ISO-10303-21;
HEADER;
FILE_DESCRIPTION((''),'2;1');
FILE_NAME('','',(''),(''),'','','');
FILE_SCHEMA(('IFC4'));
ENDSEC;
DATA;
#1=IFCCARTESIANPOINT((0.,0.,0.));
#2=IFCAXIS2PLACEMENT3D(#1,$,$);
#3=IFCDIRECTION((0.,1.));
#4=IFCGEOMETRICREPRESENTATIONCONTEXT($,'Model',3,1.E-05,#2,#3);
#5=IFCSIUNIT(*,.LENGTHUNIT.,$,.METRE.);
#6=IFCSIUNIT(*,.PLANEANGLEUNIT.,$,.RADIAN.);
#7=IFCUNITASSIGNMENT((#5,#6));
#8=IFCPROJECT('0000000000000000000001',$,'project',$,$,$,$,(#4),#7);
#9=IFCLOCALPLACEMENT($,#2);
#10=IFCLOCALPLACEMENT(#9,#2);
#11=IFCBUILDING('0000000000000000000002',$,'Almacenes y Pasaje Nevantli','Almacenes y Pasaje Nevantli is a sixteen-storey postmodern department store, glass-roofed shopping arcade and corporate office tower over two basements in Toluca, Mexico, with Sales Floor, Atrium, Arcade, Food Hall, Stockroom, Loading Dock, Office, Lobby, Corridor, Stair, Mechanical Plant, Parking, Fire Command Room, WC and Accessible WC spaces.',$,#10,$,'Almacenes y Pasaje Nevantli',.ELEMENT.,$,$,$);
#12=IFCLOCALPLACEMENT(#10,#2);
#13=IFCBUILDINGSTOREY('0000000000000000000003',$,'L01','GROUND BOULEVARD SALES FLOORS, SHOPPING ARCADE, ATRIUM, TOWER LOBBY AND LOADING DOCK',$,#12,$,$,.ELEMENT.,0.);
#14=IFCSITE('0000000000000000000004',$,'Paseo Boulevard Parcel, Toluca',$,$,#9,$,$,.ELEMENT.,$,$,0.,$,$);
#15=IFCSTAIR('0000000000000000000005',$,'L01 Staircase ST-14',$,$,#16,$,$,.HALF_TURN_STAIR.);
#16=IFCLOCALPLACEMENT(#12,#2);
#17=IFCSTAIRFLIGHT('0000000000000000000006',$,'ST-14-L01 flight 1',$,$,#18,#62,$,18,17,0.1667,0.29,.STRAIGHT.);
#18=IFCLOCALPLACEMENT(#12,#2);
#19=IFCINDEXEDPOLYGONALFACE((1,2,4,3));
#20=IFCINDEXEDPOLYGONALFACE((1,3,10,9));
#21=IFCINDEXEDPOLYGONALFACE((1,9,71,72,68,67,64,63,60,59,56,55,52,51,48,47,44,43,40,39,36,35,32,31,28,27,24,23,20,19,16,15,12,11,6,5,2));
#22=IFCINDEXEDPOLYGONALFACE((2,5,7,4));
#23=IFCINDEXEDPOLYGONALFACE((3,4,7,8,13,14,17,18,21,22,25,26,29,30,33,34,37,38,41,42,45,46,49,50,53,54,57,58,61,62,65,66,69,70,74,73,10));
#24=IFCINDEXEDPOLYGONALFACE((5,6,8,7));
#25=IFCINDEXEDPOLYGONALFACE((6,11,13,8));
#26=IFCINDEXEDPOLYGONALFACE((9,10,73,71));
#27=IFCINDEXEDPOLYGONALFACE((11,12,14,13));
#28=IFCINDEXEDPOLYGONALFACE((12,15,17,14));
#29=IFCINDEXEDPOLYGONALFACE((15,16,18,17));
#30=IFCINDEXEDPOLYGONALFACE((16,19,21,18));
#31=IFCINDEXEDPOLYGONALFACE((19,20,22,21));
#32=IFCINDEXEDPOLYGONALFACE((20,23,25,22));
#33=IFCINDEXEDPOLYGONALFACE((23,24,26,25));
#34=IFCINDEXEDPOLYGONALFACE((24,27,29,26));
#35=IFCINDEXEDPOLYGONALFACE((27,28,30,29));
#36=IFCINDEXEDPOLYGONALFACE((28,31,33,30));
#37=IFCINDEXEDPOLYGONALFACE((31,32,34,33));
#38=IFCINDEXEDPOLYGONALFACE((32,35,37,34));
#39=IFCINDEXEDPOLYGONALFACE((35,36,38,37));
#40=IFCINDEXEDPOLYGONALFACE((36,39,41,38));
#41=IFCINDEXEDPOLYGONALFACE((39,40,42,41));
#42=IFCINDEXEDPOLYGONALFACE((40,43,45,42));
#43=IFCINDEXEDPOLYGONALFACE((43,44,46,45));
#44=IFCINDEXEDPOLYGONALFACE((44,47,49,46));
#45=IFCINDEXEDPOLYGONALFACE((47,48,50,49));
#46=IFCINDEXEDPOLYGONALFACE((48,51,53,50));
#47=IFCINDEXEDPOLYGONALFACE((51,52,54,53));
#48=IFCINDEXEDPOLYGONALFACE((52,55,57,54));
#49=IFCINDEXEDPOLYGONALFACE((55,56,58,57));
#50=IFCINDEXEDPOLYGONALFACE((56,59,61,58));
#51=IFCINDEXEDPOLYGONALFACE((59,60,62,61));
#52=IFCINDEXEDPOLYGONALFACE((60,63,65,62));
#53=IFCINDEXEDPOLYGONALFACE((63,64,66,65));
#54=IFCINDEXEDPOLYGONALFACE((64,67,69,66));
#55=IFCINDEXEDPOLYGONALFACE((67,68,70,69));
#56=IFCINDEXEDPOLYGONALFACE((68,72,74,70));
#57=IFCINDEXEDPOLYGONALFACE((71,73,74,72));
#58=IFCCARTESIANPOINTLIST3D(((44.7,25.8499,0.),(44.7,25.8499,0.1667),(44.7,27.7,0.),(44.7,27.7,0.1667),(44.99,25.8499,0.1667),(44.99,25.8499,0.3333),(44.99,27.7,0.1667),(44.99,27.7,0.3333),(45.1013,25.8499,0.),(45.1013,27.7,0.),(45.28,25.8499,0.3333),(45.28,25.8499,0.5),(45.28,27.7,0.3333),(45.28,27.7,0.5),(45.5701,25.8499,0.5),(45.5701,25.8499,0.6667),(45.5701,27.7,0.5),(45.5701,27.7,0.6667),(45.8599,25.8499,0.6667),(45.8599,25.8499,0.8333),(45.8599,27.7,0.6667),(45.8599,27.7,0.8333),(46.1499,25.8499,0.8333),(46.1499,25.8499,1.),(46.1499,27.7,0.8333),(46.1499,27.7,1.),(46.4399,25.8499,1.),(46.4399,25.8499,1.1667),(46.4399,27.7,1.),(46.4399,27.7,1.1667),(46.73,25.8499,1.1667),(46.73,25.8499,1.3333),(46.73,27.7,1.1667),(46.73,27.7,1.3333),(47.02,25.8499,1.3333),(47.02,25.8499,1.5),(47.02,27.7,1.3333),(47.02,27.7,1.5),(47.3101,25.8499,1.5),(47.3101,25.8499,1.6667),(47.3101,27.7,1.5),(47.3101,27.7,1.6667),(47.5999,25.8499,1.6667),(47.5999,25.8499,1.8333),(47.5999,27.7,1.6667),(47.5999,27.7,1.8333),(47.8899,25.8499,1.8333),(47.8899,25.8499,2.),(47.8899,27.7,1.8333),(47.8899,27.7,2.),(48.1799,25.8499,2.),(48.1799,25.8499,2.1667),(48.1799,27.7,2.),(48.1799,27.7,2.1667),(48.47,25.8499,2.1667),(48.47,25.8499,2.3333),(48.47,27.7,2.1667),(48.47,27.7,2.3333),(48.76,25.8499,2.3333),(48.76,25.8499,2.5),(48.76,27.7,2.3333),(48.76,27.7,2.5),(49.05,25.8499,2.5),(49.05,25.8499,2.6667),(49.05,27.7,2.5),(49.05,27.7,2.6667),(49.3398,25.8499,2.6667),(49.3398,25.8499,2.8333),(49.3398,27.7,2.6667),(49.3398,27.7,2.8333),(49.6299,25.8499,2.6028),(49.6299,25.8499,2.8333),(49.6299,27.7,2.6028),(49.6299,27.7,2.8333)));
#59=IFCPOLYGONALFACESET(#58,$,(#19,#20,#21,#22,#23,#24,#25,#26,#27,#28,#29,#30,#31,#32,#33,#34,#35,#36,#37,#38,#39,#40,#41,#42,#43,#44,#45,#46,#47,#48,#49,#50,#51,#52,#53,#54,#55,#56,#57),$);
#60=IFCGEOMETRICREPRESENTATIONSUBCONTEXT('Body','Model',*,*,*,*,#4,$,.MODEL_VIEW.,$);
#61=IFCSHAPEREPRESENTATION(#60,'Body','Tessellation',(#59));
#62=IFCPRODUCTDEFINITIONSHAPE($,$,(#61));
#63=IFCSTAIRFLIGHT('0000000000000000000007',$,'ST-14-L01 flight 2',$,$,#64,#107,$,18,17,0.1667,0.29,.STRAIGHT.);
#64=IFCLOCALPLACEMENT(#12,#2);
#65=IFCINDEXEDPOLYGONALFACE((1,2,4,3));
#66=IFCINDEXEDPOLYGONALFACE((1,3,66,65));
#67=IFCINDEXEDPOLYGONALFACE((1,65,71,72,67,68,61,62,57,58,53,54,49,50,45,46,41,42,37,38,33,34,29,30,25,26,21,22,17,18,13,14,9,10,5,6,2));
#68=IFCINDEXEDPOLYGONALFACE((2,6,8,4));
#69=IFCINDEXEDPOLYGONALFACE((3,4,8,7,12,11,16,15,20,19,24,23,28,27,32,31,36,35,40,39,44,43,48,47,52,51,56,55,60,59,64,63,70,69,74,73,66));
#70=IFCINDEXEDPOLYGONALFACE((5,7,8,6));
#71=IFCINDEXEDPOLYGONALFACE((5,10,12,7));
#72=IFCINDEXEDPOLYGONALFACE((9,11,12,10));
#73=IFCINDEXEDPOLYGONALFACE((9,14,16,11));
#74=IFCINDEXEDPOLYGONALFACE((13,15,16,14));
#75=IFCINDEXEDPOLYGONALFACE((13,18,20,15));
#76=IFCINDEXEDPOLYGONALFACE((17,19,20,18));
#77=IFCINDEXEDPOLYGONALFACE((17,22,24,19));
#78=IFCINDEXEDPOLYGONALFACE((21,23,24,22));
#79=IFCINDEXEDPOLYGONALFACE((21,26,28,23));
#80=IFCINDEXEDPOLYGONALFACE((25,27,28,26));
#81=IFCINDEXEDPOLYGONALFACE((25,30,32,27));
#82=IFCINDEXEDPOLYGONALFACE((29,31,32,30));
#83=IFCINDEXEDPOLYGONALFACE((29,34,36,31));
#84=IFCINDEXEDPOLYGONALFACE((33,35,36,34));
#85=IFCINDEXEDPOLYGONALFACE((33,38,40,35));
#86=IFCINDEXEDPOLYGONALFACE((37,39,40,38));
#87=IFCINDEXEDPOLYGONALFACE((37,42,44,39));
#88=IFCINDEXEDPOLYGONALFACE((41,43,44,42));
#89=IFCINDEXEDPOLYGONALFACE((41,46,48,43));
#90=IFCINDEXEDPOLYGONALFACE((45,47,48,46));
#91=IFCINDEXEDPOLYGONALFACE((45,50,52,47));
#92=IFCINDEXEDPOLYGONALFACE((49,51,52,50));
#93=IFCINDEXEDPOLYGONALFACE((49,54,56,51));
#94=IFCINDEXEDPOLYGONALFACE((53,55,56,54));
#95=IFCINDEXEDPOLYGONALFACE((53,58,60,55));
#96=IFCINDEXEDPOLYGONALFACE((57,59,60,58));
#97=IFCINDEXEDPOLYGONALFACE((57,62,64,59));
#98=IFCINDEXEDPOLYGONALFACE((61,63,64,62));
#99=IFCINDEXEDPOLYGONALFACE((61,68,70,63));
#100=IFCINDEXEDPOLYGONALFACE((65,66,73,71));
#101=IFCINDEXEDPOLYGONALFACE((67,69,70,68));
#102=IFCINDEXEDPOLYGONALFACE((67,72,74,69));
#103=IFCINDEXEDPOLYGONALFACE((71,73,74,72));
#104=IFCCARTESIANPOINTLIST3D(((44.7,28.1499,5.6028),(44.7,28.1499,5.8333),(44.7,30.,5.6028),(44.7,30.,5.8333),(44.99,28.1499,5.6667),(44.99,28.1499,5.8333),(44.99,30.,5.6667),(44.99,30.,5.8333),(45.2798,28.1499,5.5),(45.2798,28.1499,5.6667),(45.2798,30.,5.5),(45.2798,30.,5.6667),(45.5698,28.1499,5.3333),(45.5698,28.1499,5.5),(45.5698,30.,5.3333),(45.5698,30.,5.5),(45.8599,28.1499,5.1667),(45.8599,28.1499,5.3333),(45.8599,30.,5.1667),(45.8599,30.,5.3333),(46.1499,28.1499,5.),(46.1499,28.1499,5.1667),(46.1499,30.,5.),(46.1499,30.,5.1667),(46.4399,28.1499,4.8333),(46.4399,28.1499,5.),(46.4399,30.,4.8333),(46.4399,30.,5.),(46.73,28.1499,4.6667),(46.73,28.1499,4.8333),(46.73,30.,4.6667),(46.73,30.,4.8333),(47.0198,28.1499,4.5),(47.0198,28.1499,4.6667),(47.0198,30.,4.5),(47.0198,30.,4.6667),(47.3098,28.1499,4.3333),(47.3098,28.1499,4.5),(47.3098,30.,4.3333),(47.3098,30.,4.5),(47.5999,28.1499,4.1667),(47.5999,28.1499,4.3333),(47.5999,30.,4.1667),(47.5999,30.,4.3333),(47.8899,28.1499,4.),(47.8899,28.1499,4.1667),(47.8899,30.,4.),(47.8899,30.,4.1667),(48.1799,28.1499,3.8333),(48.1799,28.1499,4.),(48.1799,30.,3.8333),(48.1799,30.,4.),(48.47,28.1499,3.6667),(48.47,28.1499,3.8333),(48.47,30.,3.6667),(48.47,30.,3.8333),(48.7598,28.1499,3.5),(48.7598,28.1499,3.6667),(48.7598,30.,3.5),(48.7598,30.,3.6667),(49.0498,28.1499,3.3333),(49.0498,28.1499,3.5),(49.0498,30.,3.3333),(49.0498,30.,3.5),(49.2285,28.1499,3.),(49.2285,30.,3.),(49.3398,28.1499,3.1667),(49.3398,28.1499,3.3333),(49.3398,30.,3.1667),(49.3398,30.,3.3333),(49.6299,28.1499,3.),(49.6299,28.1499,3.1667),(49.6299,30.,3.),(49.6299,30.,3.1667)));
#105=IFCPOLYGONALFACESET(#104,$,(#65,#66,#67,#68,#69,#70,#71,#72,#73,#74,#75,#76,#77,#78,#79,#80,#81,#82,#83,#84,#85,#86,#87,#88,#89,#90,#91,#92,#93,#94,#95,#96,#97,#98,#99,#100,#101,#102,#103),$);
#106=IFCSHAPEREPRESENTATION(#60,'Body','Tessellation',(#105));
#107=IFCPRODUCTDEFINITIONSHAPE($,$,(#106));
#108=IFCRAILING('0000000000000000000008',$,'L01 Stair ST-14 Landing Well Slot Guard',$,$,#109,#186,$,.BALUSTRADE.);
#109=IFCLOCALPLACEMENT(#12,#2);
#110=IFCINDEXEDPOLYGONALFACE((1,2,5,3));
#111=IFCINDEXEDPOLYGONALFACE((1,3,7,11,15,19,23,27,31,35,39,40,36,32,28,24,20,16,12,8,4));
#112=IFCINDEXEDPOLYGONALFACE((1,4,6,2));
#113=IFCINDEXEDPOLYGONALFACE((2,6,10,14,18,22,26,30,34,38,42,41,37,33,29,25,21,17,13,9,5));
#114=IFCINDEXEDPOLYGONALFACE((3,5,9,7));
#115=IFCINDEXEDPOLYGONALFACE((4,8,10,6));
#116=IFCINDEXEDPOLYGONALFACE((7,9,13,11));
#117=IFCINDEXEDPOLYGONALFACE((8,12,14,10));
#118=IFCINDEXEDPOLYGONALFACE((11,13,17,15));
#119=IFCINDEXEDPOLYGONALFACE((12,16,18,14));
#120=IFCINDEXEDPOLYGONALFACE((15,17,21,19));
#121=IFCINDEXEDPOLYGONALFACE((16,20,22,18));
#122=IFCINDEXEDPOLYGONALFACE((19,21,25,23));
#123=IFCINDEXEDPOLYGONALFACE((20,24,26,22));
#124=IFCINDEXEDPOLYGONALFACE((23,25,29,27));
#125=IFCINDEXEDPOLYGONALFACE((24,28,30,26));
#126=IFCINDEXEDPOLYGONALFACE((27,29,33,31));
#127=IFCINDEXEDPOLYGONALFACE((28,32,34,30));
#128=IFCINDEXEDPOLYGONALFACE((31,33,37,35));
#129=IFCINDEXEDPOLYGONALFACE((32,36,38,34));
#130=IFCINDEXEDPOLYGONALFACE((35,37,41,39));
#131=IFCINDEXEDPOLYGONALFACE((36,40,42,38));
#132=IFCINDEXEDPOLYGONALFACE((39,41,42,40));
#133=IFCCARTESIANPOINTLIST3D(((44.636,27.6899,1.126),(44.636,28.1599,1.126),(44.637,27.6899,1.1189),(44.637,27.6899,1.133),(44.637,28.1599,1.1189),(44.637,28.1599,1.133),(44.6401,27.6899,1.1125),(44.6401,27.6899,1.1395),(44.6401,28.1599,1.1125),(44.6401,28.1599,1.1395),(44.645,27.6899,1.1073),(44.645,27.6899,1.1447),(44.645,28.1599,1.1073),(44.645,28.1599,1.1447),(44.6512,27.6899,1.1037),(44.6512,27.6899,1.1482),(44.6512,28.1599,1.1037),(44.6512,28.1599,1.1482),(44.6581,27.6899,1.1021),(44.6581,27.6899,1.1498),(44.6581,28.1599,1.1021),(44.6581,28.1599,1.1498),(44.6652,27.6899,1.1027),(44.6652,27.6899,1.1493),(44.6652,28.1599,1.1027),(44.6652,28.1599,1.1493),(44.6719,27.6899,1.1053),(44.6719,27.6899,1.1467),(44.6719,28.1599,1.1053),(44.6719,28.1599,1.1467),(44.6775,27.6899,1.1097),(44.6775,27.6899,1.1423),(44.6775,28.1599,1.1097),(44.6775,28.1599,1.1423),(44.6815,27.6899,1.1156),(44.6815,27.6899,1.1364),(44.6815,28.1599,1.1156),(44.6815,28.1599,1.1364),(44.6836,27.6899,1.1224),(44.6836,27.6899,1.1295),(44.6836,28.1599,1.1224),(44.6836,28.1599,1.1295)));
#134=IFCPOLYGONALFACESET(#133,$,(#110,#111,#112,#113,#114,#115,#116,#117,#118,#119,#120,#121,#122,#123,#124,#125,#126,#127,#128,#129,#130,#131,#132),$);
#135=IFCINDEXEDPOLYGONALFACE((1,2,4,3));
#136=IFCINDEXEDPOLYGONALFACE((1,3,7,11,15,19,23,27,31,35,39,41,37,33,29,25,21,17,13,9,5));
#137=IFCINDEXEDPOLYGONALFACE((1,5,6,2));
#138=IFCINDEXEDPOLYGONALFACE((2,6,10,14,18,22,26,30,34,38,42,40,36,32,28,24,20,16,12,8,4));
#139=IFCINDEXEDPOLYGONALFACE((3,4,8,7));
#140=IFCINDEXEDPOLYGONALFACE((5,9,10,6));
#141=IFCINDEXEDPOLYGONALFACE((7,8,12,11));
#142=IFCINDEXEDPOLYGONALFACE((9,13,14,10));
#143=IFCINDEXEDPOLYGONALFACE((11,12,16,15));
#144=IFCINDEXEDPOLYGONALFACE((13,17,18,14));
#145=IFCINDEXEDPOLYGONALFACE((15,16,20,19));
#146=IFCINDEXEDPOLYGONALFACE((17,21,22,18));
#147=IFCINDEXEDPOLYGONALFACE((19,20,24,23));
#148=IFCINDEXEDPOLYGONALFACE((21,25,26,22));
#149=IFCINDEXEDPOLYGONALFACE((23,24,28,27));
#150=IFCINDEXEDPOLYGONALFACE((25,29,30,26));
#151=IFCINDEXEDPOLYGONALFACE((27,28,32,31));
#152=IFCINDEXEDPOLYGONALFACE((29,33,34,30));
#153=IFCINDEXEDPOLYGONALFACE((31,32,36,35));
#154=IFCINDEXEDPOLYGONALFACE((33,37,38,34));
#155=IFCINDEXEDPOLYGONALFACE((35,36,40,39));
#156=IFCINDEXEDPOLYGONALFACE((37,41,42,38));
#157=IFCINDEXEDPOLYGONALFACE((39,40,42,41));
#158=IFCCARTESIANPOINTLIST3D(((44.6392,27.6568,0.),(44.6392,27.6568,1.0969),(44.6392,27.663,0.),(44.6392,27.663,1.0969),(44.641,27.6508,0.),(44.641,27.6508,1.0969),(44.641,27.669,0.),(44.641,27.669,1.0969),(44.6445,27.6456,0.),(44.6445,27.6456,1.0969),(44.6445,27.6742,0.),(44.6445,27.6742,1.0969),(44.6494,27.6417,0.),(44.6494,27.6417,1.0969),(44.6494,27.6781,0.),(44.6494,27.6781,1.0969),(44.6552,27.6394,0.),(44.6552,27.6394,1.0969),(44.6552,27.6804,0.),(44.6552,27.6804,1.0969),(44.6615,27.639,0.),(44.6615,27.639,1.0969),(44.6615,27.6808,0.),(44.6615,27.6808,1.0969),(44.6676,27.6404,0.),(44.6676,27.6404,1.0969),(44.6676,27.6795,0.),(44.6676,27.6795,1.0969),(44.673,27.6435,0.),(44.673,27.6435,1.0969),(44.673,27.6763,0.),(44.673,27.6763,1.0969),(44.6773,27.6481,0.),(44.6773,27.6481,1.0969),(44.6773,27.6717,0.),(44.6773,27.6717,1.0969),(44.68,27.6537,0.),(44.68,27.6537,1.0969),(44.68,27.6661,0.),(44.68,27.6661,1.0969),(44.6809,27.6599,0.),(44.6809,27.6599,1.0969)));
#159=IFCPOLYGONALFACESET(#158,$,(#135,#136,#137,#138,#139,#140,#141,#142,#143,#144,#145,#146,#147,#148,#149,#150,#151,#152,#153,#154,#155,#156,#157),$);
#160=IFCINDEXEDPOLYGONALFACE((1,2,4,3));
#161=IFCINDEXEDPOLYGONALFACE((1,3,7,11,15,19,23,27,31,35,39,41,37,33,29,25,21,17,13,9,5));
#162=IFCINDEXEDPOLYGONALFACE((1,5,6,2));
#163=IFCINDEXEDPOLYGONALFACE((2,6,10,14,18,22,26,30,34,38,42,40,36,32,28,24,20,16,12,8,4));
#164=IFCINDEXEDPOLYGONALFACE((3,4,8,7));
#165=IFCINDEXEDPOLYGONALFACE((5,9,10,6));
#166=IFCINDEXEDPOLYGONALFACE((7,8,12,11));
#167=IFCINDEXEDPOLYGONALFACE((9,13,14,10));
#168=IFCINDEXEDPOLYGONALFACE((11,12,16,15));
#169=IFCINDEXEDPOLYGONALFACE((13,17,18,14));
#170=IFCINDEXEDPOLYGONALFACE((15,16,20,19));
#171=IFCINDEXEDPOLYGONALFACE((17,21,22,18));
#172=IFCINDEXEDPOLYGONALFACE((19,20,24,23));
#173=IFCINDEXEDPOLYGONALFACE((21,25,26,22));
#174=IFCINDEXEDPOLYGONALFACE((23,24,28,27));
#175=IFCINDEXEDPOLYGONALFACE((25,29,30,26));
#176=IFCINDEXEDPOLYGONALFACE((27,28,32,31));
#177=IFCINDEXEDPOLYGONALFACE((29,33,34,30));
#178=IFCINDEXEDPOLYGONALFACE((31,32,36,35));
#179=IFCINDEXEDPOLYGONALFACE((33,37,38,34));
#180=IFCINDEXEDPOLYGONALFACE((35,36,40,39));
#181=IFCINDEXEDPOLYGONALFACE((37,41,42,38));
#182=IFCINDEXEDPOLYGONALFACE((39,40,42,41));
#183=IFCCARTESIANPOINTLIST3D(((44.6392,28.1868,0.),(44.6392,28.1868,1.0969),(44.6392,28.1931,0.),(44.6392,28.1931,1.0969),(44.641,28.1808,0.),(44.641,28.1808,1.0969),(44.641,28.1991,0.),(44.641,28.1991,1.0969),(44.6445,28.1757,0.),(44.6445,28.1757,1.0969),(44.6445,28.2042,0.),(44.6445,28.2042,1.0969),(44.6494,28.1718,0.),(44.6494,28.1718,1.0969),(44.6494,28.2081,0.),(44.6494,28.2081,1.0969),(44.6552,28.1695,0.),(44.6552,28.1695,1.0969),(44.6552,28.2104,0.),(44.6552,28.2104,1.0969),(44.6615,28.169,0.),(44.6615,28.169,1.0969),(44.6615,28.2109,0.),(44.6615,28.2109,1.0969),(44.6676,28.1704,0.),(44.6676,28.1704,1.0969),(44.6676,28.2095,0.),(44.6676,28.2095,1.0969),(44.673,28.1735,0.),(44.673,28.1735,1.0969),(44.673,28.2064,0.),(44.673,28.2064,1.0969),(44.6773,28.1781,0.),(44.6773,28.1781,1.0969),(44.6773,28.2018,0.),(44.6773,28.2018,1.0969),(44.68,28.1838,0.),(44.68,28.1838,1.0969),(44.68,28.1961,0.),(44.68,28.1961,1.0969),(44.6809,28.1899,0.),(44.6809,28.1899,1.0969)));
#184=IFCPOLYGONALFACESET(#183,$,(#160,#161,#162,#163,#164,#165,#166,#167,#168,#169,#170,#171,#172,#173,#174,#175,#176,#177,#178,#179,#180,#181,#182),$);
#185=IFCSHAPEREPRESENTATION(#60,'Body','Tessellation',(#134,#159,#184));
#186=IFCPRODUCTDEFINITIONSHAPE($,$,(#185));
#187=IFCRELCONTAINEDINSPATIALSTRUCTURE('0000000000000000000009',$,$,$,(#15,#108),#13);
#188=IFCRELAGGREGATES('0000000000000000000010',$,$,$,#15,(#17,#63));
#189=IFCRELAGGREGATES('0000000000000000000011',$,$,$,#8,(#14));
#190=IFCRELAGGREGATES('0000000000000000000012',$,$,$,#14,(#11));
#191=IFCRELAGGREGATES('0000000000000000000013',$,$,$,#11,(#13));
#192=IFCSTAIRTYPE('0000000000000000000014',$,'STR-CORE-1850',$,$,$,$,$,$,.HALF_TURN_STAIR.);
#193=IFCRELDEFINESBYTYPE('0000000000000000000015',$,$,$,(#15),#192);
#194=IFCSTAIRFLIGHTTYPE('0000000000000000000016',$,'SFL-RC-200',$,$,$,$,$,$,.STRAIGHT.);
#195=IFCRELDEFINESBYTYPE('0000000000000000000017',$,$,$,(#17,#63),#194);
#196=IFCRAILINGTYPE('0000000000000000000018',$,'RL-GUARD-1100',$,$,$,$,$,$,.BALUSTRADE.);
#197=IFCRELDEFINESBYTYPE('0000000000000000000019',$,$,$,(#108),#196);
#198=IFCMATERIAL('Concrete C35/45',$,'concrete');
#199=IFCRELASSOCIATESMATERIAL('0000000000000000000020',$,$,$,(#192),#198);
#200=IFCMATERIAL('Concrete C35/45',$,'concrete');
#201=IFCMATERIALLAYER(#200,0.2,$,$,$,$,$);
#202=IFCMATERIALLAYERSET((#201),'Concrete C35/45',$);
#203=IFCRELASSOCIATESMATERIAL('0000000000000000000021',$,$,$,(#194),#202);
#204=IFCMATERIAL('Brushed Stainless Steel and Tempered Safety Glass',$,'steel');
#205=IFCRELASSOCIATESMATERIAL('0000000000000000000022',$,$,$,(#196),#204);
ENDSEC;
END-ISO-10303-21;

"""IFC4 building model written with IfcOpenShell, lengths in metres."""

from ifc_helpers import new_model, si_unit, direction, frame, origin, origin_2d, place, context, subcontext, project, spatial, polyline, circle, outline, extrude, material, layer, layer_set, type_object, element, aggregate, save


model = new_model("IFC4")

# Units and contexts
model_context = context("Model", 3, precision=1e-05, world=origin(), true_north=direction((0.0, 1.0)))
body_context = subcontext(model_context, "Body", "Model", "MODEL_VIEW")
ifc_project = project(units=[si_unit("LENGTHUNIT", "METRE"), si_unit("PLANEANGLEUNIT", "RADIAN")], contexts=[model_context])

# Site, building, storey
site_placement = place(None, origin())
site = spatial("IfcSite", under=ifc_project, at=site_placement, Name="Paseo Boulevard Parcel, Toluca", CompositionType="ELEMENT", RefElevation=0.0)
building_placement = place(site_placement, origin())
building = spatial("IfcBuilding", under=site, at=building_placement, Name="Almacenes y Pasaje Nevantli", Description="Almacenes y Pasaje Nevantli is a sixteen-storey postmodern department store, glass-roofed shopping arcade and corporate office tower over two basements in Toluca, Mexico, with Sales Floor, Atrium, Arcade, Food Hall, Stockroom, Loading Dock, Office, Lobby, Corridor, Stair, Mechanical Plant, Parking, Fire Command Room, WC and Accessible WC spaces.", LongName="Almacenes y Pasaje Nevantli", CompositionType="ELEMENT")
storey_placement = place(building_placement, origin())
storey = spatial("IfcBuildingStorey", under=building, at=storey_placement, Name="L01", Description="GROUND BOULEVARD SALES FLOORS, SHOPPING ARCADE, ATRIUM, TOWER LOBBY AND LOADING DOCK", CompositionType="ELEMENT", Elevation=0.0)

# Stair, stair flights
ifc_material_1 = material(Name="Concrete C35/45", Category="concrete")
stair_type = type_object("IfcStairType", Name="STR-CORE-1850", PredefinedType="HALF_TURN_STAIR", material=ifc_material_1)
stair_placement = place(storey_placement, origin())
stair = element("IfcStair", 1, at=stair_placement, inside=storey, type_object=stair_type, Name="L01 Staircase ST-14", PredefinedType="HALF_TURN_STAIR")
ifc_material_2 = material(Name="Concrete C35/45", Category="concrete")
ifc_layer_1 = layer(ifc_material_2, 0.2)
ifc_layer_set_1 = layer_set([ifc_layer_1], Name="Concrete C35/45")
stair_flight_type = type_object("IfcStairFlightType", Name="SFL-RC-200", PredefinedType="STRAIGHT", material=ifc_layer_set_1)
stair_flight_1_placement = place(storey_placement, frame((44.7, 26.7749, 0.0), z_axis=(0.0, 0.0, 1.0), x_axis=(1.0, 0.0, 0.0)))
stair_flight_1 = element("IfcStairFlight", 2, at=stair_flight_1_placement, type_object=stair_flight_type, Name="ST-14-L01 flight 1", NumberOfRisers=18, NumberOfTreads=17, PredefinedType="STRAIGHT", RiserHeight=0.1667, TreadLength=0.29, context=body_context, shape_type="SweptSolid", body=[
    extrude(outline(polyline([(0.0, 0.0), (0.0, 0.1667), (0.29, 0.1667), (0.29, 0.3333), (0.5801, 0.3333), (0.5801, 0.5), (0.8701, 0.5), (0.8701, 0.6667), (1.1599, 0.6667), (1.1599, 0.8333), (1.45, 0.8333), (1.45, 1.0), (1.74, 1.0), (1.74, 1.1667), (2.03, 1.1667), (2.03, 1.3333), (2.3201, 1.3333), (2.3201, 1.5), (2.6101, 1.5), (2.6101, 1.6667), (2.8999, 1.6667), (2.8999, 1.8333), (3.1899, 1.8333), (3.1899, 2.0), (3.48, 2.0), (3.48, 2.1667), (3.77, 2.1667), (3.77, 2.3333), (4.0601, 2.3333), (4.0601, 2.5), (4.3501, 2.5), (4.3501, 2.6667), (4.6399, 2.6667), (4.6399, 2.8333), (4.9299, 2.8333), (4.9299, 3.0), (4.9299, 2.6028), (0.4014, 0.0), (0.0, 0.0)])), frame((0.0, 0.925, 0.0), z_axis=(0.0, -1.0, 0.0), x_axis=(1.0, 0.0, 0.0)), (0.0, 0.0, 1.0), 1.8501),
])
stair_flight_2_placement = place(storey_placement, frame((49.6299, 29.075, 3.0), z_axis=(0.0, 0.0, 1.0), x_axis=(-1.0, 0.0, 0.0)))
stair_flight_2 = element("IfcStairFlight", 3, at=stair_flight_2_placement, type_object=stair_flight_type, Name="ST-14-L01 flight 2", NumberOfRisers=18, NumberOfTreads=17, PredefinedType="STRAIGHT", RiserHeight=0.1667, TreadLength=0.29, context=body_context, shape_type="SweptSolid", body=[
    extrude(outline(polyline([(0.0, 0.0), (0.0, 0.1667), (0.29, 0.1667), (0.29, 0.3333), (0.5801, 0.3333), (0.5801, 0.5), (0.8701, 0.5), (0.8701, 0.6667), (1.1599, 0.6667), (1.1599, 0.8333), (1.45, 0.8333), (1.45, 1.0), (1.74, 1.0), (1.74, 1.1667), (2.03, 1.1667), (2.03, 1.3333), (2.3201, 1.3333), (2.3201, 1.5), (2.6101, 1.5), (2.6101, 1.6667), (2.8999, 1.6667), (2.8999, 1.8333), (3.1899, 1.8333), (3.1899, 2.0), (3.48, 2.0), (3.48, 2.1667), (3.77, 2.1667), (3.77, 2.3333), (4.0601, 2.3333), (4.0601, 2.5), (4.3501, 2.5), (4.3501, 2.6667), (4.6399, 2.6667), (4.6399, 2.8333), (4.9299, 2.8333), (4.9299, 3.0), (4.9299, 2.6028), (0.4014, 0.0), (0.0, 0.0)])), frame((0.0, 0.925, 0.0), z_axis=(0.0, -1.0, 0.0), x_axis=(1.0, 0.0, 0.0)), (0.0, 0.0, 1.0), 1.8501),
])
aggregate(stair, [stair_flight_1, stair_flight_2])

# Railing
ifc_material_3 = material(Name="Brushed Stainless Steel and Tempered Safety Glass", Category="steel")
railing_type_1 = type_object("IfcRailingType", Name="RL-GUARD-1100", PredefinedType="BALUSTRADE", material=ifc_material_3)
railing_1_placement = place(storey_placement, frame((44.6599, 27.6599, 0.0)))
element("IfcRailing", 4, at=railing_1_placement, inside=storey, type_object=railing_type_1, Name="L01 Stair ST-14 Landing Well Slot Guard", PredefinedType="BALUSTRADE", context=body_context, shape_type="SweptSolid", body=[
    extrude(circle(Radius=0.0239, at=origin_2d()), frame((0.0, 0.03, 1.126), z_axis=(0.0, 1.0, 0.0), x_axis=(-1.0, 0.0, 0.0)), (0.0, 0.0, 1.0), 0.47),
    extrude(circle(Radius=0.021, at=origin_2d()), origin(), (0.0, 0.0, 1.0), 1.0969),
    extrude(circle(Radius=0.021, at=origin_2d()), frame((0.0, 0.53, 0.0)), (0.0, 0.0, 1.0), 1.0969),
])

save(model, "model.ifc")
